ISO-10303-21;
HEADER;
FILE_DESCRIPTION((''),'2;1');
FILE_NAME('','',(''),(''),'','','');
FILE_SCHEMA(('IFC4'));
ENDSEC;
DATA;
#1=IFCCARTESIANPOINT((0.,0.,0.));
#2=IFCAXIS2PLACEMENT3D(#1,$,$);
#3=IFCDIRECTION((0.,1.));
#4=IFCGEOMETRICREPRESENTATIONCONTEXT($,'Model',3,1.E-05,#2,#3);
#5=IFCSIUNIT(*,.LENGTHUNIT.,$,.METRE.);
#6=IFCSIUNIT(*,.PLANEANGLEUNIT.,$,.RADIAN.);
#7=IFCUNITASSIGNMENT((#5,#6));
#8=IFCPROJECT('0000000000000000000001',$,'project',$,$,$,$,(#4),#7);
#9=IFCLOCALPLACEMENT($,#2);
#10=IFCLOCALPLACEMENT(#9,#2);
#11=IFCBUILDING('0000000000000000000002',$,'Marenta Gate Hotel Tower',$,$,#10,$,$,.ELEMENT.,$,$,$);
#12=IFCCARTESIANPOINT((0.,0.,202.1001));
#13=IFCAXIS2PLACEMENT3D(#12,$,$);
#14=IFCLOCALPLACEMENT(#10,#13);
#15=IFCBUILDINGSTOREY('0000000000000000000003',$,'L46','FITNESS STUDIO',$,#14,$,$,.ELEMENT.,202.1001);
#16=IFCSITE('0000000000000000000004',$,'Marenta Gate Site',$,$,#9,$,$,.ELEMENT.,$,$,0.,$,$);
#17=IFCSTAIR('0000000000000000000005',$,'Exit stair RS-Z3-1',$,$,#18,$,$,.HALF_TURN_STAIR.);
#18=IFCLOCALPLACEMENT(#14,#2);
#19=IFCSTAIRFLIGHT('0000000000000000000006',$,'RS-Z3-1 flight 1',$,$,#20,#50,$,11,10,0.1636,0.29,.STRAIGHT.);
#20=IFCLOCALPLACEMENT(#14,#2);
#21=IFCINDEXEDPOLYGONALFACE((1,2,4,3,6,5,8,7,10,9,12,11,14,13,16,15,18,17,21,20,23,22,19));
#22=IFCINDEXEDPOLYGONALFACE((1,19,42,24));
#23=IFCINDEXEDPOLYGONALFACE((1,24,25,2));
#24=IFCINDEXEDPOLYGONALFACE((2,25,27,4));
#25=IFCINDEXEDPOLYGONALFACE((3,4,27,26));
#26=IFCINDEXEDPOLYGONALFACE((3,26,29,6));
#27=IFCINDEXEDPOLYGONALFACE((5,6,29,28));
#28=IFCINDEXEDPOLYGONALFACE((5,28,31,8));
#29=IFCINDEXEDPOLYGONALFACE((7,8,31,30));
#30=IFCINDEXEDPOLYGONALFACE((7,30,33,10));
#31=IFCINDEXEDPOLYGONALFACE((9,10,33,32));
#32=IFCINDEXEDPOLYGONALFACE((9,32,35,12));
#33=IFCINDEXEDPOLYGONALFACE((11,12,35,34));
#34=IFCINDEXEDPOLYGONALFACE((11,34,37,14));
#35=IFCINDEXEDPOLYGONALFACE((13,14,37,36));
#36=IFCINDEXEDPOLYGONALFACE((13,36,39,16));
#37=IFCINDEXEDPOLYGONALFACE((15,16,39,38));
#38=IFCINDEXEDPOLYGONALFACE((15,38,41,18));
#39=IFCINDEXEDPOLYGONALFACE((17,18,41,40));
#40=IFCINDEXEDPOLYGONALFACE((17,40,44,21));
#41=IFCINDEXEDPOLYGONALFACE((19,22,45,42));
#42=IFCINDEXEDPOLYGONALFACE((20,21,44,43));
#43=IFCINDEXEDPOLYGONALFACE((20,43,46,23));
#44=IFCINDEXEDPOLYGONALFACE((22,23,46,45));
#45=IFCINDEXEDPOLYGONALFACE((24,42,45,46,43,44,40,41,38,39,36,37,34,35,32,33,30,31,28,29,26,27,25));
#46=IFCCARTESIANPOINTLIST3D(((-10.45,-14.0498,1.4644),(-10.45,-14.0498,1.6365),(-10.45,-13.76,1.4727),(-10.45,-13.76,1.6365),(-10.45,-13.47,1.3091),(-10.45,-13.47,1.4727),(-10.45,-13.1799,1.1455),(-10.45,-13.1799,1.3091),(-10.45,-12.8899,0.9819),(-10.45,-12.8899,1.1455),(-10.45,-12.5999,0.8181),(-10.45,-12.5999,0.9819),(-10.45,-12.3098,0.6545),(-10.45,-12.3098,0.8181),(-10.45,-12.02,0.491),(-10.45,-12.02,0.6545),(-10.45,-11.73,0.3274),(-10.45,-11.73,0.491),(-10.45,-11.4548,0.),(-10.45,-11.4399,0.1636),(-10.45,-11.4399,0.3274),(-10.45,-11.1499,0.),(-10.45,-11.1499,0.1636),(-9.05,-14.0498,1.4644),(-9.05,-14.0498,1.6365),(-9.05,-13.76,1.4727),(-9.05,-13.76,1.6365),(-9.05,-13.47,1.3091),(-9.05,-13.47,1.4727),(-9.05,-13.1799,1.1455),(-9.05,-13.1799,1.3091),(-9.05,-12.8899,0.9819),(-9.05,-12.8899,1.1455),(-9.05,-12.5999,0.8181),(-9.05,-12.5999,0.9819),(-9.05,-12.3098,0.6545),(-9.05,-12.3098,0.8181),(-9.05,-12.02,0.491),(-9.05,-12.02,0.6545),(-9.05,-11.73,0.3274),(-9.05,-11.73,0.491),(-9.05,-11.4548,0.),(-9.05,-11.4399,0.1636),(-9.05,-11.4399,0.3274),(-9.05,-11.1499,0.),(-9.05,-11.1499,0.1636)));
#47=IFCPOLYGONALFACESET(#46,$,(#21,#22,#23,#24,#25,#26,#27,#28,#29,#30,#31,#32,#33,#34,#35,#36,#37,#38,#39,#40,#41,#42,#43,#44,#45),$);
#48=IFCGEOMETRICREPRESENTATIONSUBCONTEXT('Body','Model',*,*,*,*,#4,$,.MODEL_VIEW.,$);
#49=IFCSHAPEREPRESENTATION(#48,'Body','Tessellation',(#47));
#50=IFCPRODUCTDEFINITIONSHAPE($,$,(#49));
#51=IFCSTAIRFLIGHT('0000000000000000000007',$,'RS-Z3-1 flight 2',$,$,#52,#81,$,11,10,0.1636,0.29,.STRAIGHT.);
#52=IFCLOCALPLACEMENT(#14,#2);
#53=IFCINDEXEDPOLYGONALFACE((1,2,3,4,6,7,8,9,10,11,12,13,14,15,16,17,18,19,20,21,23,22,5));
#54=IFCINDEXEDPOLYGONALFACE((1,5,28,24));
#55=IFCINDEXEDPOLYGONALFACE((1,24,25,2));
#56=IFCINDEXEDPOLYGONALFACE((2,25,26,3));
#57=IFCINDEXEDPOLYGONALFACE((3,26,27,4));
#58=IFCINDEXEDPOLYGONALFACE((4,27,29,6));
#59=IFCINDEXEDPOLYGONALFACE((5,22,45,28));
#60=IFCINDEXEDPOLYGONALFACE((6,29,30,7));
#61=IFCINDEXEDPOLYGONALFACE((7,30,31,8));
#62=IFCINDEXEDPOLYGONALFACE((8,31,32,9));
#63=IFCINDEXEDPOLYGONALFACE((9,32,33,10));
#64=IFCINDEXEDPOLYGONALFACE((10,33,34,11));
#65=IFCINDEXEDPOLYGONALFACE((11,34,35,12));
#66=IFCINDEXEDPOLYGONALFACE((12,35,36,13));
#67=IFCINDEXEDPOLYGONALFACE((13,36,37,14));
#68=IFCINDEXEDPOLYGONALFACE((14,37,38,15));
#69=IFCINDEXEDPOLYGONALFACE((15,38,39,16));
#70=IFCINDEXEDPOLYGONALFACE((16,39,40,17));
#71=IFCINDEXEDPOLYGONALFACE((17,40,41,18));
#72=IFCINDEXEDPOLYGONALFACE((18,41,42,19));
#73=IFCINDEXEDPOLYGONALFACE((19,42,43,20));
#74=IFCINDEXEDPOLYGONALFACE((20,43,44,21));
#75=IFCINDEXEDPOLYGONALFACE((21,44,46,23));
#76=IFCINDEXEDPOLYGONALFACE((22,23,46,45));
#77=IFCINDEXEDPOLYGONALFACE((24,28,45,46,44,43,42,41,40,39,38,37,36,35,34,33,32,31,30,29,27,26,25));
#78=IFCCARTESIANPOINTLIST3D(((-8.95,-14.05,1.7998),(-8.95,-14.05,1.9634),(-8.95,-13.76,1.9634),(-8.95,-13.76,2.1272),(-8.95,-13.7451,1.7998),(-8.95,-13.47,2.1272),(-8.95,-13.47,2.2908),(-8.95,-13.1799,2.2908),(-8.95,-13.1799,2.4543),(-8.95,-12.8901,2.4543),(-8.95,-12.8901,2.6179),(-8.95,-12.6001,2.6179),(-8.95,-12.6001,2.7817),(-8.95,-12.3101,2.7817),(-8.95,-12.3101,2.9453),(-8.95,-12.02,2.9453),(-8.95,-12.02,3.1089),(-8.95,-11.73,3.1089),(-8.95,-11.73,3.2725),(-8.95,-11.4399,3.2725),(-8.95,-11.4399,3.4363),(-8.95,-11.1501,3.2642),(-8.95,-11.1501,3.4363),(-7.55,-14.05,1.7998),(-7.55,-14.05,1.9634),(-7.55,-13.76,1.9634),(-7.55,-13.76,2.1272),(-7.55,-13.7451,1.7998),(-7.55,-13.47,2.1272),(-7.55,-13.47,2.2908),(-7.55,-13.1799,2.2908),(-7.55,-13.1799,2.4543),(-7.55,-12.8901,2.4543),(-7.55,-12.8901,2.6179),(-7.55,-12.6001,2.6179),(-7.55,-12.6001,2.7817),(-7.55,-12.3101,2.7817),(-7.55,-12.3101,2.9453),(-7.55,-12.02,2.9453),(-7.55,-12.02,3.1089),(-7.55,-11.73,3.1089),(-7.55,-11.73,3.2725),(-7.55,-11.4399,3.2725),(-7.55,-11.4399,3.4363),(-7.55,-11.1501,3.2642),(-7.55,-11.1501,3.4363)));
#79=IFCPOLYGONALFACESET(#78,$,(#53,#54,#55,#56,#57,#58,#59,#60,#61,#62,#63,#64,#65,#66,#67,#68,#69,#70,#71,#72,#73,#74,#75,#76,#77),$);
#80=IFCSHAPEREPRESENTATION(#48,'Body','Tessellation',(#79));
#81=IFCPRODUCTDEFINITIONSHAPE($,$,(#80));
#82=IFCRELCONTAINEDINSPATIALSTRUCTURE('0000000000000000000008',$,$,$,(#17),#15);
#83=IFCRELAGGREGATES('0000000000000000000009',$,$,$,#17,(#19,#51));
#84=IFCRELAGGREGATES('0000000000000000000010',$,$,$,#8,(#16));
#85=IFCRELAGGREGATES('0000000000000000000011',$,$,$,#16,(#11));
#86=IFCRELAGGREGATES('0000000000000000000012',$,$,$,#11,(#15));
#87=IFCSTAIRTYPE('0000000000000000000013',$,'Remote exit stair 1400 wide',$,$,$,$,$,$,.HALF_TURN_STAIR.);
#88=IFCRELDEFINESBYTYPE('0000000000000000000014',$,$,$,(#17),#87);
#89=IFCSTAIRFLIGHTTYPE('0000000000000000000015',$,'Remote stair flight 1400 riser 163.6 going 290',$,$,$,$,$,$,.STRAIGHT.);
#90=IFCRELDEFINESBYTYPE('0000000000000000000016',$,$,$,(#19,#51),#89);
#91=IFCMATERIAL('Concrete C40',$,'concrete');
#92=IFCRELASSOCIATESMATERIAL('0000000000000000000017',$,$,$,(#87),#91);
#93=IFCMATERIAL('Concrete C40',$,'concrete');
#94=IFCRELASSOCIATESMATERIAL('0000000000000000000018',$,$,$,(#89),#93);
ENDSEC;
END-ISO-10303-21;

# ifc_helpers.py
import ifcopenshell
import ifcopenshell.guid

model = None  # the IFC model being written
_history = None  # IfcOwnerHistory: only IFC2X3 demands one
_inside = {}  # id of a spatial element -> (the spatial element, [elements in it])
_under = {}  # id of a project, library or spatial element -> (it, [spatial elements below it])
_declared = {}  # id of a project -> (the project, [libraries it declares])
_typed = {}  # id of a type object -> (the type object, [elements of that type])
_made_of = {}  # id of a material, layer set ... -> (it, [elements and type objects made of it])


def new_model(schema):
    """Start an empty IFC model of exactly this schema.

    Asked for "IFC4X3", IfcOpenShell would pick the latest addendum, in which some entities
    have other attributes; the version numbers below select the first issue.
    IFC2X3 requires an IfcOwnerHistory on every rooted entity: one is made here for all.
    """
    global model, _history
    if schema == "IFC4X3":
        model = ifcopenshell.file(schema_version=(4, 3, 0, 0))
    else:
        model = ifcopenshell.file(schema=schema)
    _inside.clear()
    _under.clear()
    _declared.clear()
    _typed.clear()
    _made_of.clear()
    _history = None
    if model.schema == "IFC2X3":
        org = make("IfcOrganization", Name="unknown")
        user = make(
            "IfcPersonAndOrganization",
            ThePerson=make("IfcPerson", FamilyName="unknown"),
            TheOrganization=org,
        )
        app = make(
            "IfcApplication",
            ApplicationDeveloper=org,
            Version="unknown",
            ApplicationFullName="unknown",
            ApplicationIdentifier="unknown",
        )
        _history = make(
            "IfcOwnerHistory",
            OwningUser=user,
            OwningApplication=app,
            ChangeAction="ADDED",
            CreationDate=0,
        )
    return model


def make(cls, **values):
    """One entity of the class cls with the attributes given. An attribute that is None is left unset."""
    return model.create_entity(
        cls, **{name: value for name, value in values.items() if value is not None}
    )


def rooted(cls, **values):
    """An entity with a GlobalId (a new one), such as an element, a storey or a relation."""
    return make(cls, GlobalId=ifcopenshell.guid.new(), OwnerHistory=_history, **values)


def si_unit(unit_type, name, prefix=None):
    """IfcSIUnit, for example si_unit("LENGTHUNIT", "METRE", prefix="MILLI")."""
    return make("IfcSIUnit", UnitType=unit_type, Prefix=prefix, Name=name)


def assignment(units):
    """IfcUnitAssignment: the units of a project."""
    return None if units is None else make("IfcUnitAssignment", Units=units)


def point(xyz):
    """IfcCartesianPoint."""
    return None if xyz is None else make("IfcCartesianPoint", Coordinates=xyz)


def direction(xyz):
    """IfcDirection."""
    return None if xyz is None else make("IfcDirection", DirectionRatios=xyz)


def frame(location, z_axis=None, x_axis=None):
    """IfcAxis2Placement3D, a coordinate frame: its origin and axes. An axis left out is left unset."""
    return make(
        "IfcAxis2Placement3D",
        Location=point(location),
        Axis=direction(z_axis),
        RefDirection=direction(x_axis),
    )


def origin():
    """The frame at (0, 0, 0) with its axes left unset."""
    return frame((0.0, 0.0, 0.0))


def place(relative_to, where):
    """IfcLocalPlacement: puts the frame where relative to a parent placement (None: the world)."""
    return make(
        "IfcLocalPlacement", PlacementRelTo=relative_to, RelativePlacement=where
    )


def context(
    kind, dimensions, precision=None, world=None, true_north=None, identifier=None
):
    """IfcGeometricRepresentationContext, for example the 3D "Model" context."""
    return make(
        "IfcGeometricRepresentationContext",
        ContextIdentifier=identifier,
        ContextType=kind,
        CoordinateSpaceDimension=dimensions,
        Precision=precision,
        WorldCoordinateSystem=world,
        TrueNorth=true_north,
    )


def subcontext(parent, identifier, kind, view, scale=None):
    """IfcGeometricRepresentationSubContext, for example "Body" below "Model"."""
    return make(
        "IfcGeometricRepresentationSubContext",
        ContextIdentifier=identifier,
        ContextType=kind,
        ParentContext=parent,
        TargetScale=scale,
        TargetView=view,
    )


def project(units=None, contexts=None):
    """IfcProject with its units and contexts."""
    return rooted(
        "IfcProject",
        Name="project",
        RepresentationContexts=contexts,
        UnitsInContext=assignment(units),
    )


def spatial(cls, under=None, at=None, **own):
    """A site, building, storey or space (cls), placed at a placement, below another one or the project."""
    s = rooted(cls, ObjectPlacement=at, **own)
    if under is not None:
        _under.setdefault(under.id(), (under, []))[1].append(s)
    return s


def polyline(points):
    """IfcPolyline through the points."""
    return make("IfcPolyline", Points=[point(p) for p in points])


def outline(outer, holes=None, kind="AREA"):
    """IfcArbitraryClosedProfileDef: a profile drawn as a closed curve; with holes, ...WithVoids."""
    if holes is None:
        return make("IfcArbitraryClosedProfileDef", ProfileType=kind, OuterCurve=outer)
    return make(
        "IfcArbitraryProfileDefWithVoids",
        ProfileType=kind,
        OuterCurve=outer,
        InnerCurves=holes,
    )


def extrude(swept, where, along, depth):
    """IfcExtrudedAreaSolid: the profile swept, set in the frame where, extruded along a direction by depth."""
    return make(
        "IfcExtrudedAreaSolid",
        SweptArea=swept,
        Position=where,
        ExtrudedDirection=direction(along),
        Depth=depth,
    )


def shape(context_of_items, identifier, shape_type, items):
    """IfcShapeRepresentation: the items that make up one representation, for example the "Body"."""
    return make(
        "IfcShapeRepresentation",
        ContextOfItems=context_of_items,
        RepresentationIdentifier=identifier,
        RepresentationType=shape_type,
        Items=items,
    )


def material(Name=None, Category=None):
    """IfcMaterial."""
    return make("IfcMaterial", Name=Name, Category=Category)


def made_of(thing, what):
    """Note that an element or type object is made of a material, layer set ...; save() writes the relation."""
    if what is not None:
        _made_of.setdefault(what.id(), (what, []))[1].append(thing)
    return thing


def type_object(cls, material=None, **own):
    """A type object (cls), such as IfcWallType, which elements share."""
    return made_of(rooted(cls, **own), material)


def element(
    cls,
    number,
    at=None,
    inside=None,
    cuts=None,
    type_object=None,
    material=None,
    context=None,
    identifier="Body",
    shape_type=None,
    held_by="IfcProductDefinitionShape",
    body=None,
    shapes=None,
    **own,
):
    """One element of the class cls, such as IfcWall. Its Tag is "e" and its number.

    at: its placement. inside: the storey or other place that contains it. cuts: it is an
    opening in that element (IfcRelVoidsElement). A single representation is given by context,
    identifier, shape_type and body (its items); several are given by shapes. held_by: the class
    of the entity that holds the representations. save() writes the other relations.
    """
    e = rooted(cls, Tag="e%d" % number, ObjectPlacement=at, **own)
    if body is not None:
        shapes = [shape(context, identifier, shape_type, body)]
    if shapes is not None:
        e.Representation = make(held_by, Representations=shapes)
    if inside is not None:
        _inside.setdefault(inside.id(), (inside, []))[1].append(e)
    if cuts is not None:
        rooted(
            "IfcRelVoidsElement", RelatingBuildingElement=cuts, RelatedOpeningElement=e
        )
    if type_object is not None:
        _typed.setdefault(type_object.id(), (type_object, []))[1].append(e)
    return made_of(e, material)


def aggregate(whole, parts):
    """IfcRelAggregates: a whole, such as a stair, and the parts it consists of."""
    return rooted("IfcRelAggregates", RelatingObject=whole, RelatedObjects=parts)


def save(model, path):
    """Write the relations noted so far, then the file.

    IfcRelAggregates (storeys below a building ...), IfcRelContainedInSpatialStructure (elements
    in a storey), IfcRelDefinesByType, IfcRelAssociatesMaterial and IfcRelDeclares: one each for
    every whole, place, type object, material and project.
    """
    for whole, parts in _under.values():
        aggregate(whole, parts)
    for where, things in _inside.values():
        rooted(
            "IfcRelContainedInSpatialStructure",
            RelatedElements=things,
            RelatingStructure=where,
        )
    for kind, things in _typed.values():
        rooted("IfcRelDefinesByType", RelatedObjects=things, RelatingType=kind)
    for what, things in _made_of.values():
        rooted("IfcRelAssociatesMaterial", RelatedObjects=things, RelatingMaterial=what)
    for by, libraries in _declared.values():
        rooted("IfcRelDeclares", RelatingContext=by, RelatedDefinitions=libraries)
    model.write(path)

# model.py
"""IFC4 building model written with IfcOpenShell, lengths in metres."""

from ifc_helpers import new_model, si_unit, direction, frame, origin, place, context, subcontext, project, spatial, polyline, outline, extrude, material, type_object, element, aggregate, save


model = new_model("IFC4")

# Units and contexts
model_context = context("Model", 3, precision=1e-05, world=origin(), true_north=direction((0.0, 1.0)))
body_context = subcontext(model_context, "Body", "Model", "MODEL_VIEW")
ifc_project = project(units=[si_unit("LENGTHUNIT", "METRE"), si_unit("PLANEANGLEUNIT", "RADIAN")], contexts=[model_context])

# Site, building, storey
site_placement = place(None, origin())
site = spatial("IfcSite", under=ifc_project, at=site_placement, Name="Marenta Gate Site", CompositionType="ELEMENT", RefElevation=0.0)
building_placement = place(site_placement, origin())
building = spatial("IfcBuilding", under=site, at=building_placement, Name="Marenta Gate Hotel Tower", CompositionType="ELEMENT")
storey_placement = place(building_placement, frame((0.0, 0.0, 202.1001)))
storey = spatial("IfcBuildingStorey", under=building, at=storey_placement, Name="L46", Description="FITNESS STUDIO", CompositionType="ELEMENT", Elevation=202.1001)

# Stair, stair flights
ifc_material_1 = material(Name="Concrete C40", Category="concrete")
stair_type = type_object("IfcStairType", Name="Remote exit stair 1400 wide", PredefinedType="HALF_TURN_STAIR", material=ifc_material_1)
stair_placement = place(storey_placement, origin())
stair = element("IfcStair", 1, at=stair_placement, inside=storey, type_object=stair_type, Name="Exit stair RS-Z3-1", PredefinedType="HALF_TURN_STAIR")
ifc_material_2 = material(Name="Concrete C40", Category="concrete")
stair_flight_type = type_object("IfcStairFlightType", Name="Remote stair flight 1400 riser 163.6 going 290", PredefinedType="STRAIGHT", material=ifc_material_2)
stair_flight_1_placement = place(storey_placement, frame((-9.75, -11.1499, 0.0), z_axis=(0.0, 0.0, 1.0), x_axis=(0.0, -1.0, 0.0)))
stair_flight_1 = element("IfcStairFlight", 2, at=stair_flight_1_placement, type_object=stair_flight_type, Name="RS-Z3-1 flight 1", NumberOfRisers=11, NumberOfTreads=10, PredefinedType="STRAIGHT", RiserHeight=0.1636, TreadLength=0.29, context=body_context, shape_type="SweptSolid", body=[
    extrude(outline(polyline([(0.0, 0.0), (0.0, 0.1636), (0.29, 0.1636), (0.29, 0.3274), (0.5801, 0.3274), (0.5801, 0.491), (0.8701, 0.491), (0.8701, 0.6545), (1.1599, 0.6545), (1.1599, 0.8181), (1.45, 0.8181), (1.45, 0.9819), (1.74, 0.9819), (1.74, 1.1455), (2.03, 1.1455), (2.03, 1.3091), (2.3201, 1.3091), (2.3201, 1.4727), (2.6101, 1.4727), (2.6101, 1.6365), (2.8999, 1.6365), (2.8999, 1.8), (2.8999, 1.4644), (0.3049, 0.0), (0.0, 0.0)])), frame((0.0, 0.7, 0.0), z_axis=(0.0, -1.0, 0.0), x_axis=(1.0, 0.0, 0.0)), (0.0, 0.0, 1.0), 1.3999),
])
stair_flight_2_placement = place(storey_placement, frame((-8.25, -14.05, 1.7998), z_axis=(0.0, 0.0, 1.0), x_axis=(0.0, 1.0, 0.0)))
stair_flight_2 = element("IfcStairFlight", 3, at=stair_flight_2_placement, type_object=stair_flight_type, Name="RS-Z3-1 flight 2", NumberOfRisers=11, NumberOfTreads=10, PredefinedType="STRAIGHT", RiserHeight=0.1636, TreadLength=0.29, context=body_context, shape_type="SweptSolid", body=[
    extrude(outline(polyline([(0.0, 0.0), (0.0, 0.1636), (0.29, 0.1636), (0.29, 0.3274), (0.5801, 0.3274), (0.5801, 0.491), (0.8701, 0.491), (0.8701, 0.6545), (1.1599, 0.6545), (1.1599, 0.8181), (1.45, 0.8181), (1.45, 0.9819), (1.74, 0.9819), (1.74, 1.1455), (2.03, 1.1455), (2.03, 1.3091), (2.3201, 1.3091), (2.3201, 1.4727), (2.6101, 1.4727), (2.6101, 1.6365), (2.8999, 1.6365), (2.8999, 1.8), (2.8999, 1.4644), (0.3049, 0.0), (0.0, 0.0)])), frame((0.0, 0.7, 0.0), z_axis=(0.0, -1.0, 0.0), x_axis=(1.0, 0.0, 0.0)), (0.0, 0.0, 1.0), 1.3999),
])
aggregate(stair, [stair_flight_1, stair_flight_2])

save(model, "model.ifc")
